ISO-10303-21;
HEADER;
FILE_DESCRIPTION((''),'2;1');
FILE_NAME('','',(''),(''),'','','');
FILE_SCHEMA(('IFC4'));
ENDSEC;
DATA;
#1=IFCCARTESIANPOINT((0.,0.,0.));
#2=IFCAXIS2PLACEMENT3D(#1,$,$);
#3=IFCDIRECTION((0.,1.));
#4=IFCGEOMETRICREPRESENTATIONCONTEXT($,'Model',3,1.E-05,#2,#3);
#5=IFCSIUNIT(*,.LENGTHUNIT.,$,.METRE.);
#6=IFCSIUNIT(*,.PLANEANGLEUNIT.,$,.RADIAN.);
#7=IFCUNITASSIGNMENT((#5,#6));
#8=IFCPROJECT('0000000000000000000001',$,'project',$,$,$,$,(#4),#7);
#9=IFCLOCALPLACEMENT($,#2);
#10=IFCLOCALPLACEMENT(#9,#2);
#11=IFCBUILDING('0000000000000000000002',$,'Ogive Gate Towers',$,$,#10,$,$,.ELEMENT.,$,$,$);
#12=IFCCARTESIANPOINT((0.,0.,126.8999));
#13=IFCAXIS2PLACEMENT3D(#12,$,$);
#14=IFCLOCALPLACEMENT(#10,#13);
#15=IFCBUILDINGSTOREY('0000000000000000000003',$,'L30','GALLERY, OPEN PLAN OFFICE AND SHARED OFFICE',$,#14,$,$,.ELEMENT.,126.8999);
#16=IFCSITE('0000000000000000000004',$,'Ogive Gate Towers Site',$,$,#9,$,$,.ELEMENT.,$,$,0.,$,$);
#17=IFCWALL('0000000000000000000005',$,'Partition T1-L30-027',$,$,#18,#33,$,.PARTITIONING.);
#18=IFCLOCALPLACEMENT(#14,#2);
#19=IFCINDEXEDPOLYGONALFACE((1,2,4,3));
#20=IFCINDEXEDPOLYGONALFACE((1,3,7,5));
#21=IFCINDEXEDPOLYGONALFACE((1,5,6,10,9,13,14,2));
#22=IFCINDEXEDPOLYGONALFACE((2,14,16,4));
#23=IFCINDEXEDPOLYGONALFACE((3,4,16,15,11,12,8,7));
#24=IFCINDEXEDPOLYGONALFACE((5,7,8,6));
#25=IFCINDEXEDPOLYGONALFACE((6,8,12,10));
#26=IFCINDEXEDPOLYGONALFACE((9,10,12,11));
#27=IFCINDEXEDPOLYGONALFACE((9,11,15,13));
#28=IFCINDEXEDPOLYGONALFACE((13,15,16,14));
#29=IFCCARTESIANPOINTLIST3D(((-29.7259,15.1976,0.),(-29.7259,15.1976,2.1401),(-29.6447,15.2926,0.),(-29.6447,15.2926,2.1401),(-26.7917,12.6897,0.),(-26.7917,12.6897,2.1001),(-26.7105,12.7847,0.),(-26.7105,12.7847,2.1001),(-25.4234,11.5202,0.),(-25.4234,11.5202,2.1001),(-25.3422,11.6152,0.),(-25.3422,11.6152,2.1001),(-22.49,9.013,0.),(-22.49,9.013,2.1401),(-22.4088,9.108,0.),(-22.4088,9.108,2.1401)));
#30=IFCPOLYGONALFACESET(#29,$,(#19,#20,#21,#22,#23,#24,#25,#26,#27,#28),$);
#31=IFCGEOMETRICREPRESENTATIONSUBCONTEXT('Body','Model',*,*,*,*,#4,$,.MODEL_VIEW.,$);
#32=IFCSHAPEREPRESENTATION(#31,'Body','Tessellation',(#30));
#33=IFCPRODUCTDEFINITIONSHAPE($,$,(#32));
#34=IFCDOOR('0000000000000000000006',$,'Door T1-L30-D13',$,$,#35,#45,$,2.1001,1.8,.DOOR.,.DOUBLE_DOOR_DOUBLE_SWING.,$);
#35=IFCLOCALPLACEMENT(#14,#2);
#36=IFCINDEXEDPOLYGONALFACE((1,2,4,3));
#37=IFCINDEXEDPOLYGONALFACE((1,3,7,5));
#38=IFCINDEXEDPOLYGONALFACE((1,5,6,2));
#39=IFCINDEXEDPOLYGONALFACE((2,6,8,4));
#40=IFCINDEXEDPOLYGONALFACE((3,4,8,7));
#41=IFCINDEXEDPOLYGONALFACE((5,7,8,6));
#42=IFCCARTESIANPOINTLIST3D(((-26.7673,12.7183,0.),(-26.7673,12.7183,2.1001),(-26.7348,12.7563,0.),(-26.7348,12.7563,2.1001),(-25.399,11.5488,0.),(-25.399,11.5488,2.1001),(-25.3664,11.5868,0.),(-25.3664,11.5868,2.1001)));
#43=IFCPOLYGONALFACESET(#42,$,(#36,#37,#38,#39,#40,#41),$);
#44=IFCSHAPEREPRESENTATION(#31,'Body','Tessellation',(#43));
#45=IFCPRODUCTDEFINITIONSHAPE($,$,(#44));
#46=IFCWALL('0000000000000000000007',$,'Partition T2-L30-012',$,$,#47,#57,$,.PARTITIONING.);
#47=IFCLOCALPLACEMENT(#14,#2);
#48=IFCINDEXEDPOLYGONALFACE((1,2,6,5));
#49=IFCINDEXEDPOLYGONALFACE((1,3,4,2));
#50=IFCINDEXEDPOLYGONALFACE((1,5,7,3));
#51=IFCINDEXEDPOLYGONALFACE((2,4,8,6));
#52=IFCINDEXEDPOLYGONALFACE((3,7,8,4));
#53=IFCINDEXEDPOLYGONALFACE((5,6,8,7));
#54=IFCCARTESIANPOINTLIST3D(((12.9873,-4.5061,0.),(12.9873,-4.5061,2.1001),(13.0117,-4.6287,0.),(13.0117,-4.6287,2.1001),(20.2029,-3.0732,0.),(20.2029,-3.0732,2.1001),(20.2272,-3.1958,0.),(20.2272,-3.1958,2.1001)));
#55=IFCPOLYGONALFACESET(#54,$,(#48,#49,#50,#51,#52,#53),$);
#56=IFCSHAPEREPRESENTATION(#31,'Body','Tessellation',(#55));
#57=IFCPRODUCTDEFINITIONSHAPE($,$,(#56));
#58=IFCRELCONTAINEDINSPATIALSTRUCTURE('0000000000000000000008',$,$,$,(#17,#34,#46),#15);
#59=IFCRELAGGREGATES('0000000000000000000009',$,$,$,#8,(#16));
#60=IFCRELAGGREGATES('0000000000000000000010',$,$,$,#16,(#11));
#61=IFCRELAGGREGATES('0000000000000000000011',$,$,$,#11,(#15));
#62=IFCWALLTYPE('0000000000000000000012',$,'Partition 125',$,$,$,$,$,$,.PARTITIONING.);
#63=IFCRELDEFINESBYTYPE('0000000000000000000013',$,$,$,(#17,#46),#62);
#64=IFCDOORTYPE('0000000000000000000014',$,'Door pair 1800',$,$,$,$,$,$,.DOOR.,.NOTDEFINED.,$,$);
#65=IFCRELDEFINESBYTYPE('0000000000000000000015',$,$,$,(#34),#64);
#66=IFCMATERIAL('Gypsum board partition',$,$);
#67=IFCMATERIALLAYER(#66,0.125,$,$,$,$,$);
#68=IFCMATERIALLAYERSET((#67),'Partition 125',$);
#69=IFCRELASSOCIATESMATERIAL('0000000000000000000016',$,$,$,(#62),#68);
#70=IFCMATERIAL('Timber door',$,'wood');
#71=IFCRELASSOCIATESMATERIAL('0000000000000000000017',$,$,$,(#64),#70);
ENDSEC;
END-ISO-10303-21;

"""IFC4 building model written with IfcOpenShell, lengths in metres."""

from ifc_helpers import new_model, si_unit, direction, frame, frame_2d, origin, place, context, subcontext, project, spatial, rectangle, extrude, material, layer, layer_set, type_object, element, fill, save


model = new_model("IFC4")

# Units and contexts
model_context = context("Model", 3, precision=1e-05, world=origin(), true_north=direction((0.0, 1.0)))
body_context = subcontext(model_context, "Body", "Model", "MODEL_VIEW")
ifc_project = project(units=[si_unit("LENGTHUNIT", "METRE"), si_unit("PLANEANGLEUNIT", "RADIAN")], contexts=[model_context])

# Site, building, storey
site_placement = place(None, origin())
site = spatial("IfcSite", under=ifc_project, at=site_placement, Name="Ogive Gate Towers Site", CompositionType="ELEMENT", RefElevation=0.0)
building_placement = place(site_placement, origin())
building = spatial("IfcBuilding", under=site, at=building_placement, Name="Ogive Gate Towers", CompositionType="ELEMENT")
storey_placement = place(building_placement, frame((0.0, 0.0, 126.8999)))
storey = spatial("IfcBuildingStorey", under=building, at=storey_placement, Name="L30", Description="GALLERY, OPEN PLAN OFFICE AND SHARED OFFICE", CompositionType="ELEMENT", Elevation=126.8999)

# Shared definitions
ifc_material_1 = material(Name="Timber door", Category="wood")

# Shared definitions
ifc_material_2 = material(Name="Gypsum board partition")
ifc_layer_1 = layer(ifc_material_2, 0.125)
ifc_layer_set_1 = layer_set([ifc_layer_1], Name="Partition 125")
wall_type_1 = type_object("IfcWallType", Name="Partition 125", PredefinedType="PARTITIONING", material=ifc_layer_set_1)

# Wall, opening, door
door_type_1 = type_object("IfcDoorType", Name="Door pair 1800", OperationType="NOTDEFINED", PredefinedType="DOOR", material=ifc_material_1)
wall_1_placement = place(storey_placement, frame((-22.4495, 9.0605, 0.0), z_axis=(0.0, 0.0, 1.0), x_axis=(-0.760168, 0.649726, 0.0)))
wall_1 = element("IfcWall", 1, at=wall_1_placement, inside=storey, type_object=wall_type_1, Name="Partition T1-L30-027", PredefinedType="PARTITIONING", context=body_context, shape_type="SweptSolid", body=[
    extrude(rectangle(XDim=9.5188, YDim=0.125, at=frame_2d((4.7593, 0.0))), origin(), (0.0, 0.0, 1.0), 2.1401),
])
opening_1_placement = place(wall_1_placement, frame((3.8589, 0.0, 0.0)))
opening_1 = element("IfcOpeningElement", 2, at=opening_1_placement, cuts=wall_1, PredefinedType="OPENING", context=body_context, shape_type="SweptSolid", body=[
    extrude(rectangle(XDim=1.8, YDim=2.1001, at=frame_2d((0.8999, 1.05))), frame((0.0, 0.0725, 0.0), z_axis=(0.0, -1.0, 0.0), x_axis=(1.0, 0.0, 0.0)), (0.0, 0.0, 1.0), 0.145),
])
door_1_placement = place(opening_1_placement, origin())
door_1 = element("IfcDoor", 3, at=door_1_placement, inside=storey, type_object=door_type_1, Name="Door T1-L30-D13", OperationType="DOUBLE_DOOR_DOUBLE_SWING", OverallHeight=2.1001, OverallWidth=1.8, PredefinedType="DOOR", context=body_context, shape_type="SweptSolid", body=[
    extrude(rectangle(XDim=1.8, YDim=2.1001, at=frame_2d((0.8999, 1.05))), frame((0.0, 0.0249, 0.0), z_axis=(0.0, -1.0, 0.0), x_axis=(1.0, 0.0, 0.0)), (0.0, 0.0, 1.0), 0.05),
])
fill(opening_1, door_1)

# Wall
wall_2_placement = place(storey_placement, frame((12.9995, -4.5674, 0.0), z_axis=(0.0, 0.0, 1.0), x_axis=(0.980848, 0.194776, 0.0)))
element("IfcWall", 4, at=wall_2_placement, inside=storey, type_object=wall_type_1, Name="Partition T2-L30-012", PredefinedType="PARTITIONING", context=body_context, shape_type="SweptSolid", body=[
    extrude(rectangle(XDim=7.3564, YDim=0.125, at=frame_2d((3.6782, 0.0))), origin(), (0.0, 0.0, 1.0), 2.1001),
])

save(model, "model.ifc")
